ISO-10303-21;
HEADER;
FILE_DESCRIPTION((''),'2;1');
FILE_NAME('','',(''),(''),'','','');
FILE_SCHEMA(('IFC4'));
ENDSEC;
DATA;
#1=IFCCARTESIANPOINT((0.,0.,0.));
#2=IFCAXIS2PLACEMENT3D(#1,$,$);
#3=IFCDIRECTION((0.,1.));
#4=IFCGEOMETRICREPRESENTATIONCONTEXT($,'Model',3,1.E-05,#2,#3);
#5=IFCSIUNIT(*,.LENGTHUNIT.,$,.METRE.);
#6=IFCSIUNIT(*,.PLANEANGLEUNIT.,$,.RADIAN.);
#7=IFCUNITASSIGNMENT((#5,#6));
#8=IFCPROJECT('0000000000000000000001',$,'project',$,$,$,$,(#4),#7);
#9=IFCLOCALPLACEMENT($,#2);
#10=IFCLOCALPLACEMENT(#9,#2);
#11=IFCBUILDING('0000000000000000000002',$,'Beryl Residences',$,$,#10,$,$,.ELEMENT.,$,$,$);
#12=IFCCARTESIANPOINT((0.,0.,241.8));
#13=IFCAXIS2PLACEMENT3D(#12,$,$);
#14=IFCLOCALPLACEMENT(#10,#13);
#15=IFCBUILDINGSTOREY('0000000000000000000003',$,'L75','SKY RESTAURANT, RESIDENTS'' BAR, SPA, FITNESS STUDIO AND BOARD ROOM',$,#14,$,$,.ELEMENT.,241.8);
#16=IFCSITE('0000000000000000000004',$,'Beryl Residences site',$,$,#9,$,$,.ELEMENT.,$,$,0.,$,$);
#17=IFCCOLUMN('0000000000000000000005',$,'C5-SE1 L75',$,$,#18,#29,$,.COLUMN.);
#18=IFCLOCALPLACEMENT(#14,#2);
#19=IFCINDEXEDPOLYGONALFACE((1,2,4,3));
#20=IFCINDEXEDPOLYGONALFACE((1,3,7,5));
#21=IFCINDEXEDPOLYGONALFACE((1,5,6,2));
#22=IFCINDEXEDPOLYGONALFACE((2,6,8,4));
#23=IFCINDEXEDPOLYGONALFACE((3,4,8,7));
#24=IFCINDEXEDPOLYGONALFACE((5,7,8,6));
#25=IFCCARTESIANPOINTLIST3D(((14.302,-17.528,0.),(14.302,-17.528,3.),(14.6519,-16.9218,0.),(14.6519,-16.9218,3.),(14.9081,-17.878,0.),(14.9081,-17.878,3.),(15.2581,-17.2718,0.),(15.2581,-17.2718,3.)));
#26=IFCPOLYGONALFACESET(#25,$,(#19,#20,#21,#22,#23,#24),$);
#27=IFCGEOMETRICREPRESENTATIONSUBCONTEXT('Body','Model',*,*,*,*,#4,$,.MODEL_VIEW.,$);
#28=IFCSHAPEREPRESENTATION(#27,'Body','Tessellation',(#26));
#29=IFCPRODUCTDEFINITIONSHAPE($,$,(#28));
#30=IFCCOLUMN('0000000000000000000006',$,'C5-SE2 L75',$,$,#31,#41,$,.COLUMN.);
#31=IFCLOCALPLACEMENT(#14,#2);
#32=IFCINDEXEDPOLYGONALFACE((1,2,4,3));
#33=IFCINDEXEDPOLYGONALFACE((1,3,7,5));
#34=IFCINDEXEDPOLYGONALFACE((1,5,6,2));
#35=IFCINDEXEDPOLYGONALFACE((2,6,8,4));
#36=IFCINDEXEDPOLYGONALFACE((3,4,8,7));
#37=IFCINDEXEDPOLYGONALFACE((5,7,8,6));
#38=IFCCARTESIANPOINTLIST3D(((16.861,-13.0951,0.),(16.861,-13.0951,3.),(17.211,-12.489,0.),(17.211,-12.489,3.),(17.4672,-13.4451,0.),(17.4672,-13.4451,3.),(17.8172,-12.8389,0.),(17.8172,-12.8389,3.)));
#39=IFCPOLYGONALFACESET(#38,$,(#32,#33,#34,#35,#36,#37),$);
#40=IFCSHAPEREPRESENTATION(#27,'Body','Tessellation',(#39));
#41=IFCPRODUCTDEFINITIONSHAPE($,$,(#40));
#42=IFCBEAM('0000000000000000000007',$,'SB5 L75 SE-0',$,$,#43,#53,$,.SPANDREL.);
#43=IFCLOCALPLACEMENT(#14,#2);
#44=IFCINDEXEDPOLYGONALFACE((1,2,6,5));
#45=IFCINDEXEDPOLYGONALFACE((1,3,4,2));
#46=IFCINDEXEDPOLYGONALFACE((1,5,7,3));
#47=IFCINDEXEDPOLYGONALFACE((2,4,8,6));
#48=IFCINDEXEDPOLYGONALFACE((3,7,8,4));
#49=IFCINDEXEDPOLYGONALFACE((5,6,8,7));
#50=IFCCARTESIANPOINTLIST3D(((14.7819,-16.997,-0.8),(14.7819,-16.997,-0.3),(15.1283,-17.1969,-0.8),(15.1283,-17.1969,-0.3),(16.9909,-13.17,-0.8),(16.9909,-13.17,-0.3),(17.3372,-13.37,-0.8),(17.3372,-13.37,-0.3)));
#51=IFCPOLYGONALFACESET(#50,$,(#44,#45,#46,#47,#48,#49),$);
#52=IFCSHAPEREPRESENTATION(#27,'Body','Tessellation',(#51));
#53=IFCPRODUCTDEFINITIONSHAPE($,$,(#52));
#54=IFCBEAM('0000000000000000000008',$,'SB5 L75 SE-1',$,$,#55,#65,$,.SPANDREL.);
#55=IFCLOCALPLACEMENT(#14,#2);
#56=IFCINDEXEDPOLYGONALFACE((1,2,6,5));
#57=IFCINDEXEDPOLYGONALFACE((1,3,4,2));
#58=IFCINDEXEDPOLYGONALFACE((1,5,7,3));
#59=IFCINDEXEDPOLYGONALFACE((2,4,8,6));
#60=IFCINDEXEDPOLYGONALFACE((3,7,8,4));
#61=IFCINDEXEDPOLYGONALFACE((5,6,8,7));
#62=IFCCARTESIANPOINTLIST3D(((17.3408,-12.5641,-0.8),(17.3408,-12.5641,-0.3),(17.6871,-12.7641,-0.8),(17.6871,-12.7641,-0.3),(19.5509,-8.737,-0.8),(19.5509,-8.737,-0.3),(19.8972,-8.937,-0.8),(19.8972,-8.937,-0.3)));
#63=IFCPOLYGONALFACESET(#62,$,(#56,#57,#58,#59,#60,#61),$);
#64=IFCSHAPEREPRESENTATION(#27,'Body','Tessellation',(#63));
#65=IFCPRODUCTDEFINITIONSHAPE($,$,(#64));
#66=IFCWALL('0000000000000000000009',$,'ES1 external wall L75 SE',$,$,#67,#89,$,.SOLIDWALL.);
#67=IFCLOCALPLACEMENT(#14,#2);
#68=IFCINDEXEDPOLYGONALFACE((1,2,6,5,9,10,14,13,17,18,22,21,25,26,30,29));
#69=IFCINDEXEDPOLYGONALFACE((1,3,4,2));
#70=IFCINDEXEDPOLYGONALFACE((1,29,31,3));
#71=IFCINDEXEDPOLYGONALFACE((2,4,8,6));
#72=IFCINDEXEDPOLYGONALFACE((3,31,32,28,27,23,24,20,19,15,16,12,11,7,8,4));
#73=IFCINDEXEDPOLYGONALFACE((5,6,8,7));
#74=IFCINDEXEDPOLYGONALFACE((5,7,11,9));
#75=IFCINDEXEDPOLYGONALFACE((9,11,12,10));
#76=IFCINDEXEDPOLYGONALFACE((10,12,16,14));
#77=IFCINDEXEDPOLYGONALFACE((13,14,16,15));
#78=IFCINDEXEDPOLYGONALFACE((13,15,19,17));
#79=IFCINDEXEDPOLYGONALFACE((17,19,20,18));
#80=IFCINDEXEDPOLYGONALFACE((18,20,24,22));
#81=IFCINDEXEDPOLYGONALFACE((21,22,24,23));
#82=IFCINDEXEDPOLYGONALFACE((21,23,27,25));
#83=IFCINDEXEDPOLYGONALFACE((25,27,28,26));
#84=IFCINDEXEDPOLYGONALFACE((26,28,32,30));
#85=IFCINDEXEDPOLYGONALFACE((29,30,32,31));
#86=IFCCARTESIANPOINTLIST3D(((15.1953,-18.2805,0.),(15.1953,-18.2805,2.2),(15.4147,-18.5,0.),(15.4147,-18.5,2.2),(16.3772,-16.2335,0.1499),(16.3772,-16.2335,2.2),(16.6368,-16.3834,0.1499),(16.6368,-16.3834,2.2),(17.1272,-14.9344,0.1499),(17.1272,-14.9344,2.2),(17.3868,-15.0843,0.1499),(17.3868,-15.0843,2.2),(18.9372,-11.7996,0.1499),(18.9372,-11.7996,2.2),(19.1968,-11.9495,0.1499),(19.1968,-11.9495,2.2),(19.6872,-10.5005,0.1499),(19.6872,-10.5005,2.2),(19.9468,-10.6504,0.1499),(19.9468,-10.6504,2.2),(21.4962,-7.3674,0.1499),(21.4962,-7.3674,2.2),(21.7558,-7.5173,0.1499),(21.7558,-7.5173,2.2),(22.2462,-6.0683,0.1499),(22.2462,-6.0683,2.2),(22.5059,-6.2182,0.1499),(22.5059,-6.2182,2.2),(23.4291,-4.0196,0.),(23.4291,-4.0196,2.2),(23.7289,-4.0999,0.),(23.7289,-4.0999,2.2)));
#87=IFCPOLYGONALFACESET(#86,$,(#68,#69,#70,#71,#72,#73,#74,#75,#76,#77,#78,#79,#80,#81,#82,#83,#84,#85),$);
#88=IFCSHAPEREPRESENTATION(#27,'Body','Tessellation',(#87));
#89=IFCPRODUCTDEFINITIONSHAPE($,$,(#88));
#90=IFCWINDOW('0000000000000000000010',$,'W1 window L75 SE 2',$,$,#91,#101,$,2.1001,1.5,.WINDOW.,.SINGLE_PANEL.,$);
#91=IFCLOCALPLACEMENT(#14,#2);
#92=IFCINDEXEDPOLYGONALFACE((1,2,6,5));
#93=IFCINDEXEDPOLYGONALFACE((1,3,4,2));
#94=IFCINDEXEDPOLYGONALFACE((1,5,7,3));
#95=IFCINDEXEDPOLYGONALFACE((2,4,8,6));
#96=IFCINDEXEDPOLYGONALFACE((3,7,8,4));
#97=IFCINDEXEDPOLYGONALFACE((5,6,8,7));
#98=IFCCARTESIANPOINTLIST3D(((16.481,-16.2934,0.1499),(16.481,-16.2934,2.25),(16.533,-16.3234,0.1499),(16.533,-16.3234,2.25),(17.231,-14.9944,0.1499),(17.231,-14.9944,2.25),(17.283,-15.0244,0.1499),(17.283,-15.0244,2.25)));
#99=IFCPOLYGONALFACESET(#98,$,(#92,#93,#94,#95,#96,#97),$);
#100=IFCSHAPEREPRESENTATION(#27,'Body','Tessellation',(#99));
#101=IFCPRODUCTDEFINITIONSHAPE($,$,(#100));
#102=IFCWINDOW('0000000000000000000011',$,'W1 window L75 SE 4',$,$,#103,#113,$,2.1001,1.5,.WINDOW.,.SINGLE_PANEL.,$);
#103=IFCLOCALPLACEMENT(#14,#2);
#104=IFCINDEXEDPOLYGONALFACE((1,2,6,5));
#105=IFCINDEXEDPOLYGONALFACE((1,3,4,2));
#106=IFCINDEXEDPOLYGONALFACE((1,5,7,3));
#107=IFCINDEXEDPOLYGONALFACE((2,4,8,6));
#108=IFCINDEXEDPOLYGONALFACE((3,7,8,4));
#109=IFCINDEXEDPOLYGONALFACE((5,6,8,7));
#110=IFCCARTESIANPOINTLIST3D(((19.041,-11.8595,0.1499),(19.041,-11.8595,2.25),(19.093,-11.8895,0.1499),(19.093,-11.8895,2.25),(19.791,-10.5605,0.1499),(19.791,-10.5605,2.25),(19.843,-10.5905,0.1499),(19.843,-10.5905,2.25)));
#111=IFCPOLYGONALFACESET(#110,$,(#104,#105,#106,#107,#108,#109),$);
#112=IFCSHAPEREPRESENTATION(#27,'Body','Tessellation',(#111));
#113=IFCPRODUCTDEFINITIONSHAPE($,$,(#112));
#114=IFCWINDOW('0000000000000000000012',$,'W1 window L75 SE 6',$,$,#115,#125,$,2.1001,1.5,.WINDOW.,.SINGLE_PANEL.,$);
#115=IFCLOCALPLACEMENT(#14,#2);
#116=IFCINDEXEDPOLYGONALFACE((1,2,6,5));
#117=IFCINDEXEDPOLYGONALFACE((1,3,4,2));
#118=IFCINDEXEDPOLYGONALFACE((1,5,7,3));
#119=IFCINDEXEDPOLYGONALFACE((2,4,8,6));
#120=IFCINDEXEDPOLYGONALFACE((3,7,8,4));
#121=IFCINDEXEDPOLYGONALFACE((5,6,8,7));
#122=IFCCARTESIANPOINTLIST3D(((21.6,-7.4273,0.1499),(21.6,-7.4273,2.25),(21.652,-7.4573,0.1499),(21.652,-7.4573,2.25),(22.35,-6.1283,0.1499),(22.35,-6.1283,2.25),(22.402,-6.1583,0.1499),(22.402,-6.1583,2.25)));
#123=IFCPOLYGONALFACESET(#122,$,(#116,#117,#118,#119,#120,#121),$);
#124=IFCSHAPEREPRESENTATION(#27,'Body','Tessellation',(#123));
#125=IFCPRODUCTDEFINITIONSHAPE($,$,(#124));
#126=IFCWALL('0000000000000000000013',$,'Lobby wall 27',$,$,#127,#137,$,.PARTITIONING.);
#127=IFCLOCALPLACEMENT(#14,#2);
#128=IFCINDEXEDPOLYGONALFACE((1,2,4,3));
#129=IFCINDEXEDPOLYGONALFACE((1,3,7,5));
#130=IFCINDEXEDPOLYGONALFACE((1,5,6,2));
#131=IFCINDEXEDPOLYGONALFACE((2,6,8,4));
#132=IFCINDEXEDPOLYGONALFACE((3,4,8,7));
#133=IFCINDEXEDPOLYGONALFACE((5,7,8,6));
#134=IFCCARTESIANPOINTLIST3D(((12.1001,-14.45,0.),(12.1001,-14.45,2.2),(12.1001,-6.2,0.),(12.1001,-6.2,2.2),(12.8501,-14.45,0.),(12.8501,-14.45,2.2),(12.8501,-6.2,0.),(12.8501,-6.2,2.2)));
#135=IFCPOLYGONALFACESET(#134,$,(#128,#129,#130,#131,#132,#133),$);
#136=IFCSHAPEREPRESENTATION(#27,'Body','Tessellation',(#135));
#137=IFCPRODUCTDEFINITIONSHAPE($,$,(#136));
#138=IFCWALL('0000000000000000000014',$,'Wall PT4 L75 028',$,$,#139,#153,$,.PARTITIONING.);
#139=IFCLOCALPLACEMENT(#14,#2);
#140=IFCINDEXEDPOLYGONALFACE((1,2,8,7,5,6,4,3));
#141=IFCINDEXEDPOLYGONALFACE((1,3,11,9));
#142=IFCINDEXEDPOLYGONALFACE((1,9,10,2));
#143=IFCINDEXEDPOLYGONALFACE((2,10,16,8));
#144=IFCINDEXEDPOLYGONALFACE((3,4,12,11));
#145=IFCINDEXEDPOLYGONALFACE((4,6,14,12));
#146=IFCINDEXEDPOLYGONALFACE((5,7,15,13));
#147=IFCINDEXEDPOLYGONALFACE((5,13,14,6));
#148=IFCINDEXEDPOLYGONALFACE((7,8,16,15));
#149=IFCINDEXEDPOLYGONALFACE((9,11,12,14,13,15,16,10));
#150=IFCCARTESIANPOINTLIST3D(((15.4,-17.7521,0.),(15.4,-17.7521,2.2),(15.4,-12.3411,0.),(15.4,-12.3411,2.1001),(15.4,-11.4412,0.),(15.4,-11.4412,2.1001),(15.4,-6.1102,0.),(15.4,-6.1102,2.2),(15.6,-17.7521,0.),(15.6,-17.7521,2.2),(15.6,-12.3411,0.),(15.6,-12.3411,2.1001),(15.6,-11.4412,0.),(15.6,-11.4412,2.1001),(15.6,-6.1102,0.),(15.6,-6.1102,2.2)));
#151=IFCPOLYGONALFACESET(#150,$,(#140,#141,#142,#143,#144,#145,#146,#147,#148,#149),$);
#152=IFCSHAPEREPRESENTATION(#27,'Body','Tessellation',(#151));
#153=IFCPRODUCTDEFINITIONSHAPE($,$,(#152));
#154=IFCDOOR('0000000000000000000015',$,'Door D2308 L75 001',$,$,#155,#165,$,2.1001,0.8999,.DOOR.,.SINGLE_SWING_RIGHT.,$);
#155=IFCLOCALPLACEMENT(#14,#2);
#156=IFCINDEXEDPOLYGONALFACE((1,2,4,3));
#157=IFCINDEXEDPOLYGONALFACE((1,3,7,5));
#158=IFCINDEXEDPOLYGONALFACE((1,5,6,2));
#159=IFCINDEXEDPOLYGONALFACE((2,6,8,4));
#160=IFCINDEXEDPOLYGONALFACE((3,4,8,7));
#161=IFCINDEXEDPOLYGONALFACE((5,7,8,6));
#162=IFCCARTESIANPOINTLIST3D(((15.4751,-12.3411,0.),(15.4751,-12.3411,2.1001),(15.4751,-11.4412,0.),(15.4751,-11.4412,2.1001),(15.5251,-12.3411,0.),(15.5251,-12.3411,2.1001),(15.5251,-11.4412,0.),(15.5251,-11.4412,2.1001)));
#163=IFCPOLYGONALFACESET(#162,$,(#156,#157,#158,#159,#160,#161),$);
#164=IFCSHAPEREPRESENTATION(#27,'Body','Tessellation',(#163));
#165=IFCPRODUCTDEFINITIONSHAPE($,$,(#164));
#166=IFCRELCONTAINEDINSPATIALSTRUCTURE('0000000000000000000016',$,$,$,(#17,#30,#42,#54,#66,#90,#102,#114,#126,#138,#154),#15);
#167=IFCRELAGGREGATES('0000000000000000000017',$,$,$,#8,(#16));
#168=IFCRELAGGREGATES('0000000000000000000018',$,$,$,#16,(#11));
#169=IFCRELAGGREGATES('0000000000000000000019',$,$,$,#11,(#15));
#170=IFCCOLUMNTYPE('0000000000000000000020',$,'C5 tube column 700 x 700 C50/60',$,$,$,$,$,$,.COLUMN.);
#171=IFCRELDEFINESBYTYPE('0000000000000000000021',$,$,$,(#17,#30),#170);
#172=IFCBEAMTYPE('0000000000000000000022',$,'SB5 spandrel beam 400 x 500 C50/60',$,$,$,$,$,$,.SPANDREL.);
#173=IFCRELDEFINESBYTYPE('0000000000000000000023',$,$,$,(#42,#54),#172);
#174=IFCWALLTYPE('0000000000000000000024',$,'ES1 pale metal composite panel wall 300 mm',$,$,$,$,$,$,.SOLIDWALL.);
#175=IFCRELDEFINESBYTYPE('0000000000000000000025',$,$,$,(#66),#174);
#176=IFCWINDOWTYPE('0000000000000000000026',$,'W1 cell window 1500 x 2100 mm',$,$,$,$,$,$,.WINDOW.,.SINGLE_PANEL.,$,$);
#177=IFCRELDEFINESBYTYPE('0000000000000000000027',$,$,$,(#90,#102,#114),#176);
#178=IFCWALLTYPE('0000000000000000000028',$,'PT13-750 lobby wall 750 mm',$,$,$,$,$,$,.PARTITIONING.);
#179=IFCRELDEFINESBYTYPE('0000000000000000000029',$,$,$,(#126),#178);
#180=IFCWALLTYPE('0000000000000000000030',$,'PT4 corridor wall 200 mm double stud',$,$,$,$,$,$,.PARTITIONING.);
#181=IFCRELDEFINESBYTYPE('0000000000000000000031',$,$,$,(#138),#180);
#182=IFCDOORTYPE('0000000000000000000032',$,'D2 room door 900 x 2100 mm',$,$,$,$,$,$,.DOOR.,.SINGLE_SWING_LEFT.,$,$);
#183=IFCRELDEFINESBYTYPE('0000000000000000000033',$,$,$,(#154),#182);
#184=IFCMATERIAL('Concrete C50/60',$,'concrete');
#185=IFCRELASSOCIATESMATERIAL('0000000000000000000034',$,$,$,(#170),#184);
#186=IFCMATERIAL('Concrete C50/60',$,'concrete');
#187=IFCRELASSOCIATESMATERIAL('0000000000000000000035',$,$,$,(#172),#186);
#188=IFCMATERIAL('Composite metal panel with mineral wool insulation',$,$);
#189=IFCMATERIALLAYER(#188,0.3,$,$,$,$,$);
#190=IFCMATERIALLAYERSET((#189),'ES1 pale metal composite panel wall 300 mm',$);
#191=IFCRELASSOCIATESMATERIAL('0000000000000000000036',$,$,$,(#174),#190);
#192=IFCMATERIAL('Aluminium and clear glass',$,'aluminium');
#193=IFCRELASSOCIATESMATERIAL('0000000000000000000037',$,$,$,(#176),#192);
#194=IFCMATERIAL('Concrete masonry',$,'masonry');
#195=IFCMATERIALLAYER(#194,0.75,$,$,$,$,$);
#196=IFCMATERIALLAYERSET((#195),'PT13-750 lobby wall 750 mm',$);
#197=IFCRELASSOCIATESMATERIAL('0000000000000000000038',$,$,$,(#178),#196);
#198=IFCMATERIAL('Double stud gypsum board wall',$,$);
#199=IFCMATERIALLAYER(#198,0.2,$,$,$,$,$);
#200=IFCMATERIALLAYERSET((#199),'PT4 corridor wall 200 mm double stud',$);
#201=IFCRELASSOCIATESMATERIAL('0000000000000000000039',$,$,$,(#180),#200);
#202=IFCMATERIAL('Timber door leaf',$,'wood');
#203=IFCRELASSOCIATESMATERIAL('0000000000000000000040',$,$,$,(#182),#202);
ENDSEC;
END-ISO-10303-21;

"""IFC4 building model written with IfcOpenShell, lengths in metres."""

from ifc_helpers import new_model, si_unit, direction, frame, frame_2d, origin, origin_2d, place, context, subcontext, project, spatial, polyline, rectangle, outline, extrude, material, layer, layer_set, material_profile, profile_set, type_object, element, fill, save


model = new_model("IFC4")

# Units and contexts
model_context = context("Model", 3, precision=1e-05, world=origin(), true_north=direction((0.0, 1.0)))
body_context = subcontext(model_context, "Body", "Model", "MODEL_VIEW")
ifc_project = project(units=[si_unit("LENGTHUNIT", "METRE"), si_unit("PLANEANGLEUNIT", "RADIAN")], contexts=[model_context])

# Site, building, storey
site_placement = place(None, origin())
site = spatial("IfcSite", under=ifc_project, at=site_placement, Name="Beryl Residences site", CompositionType="ELEMENT", RefElevation=0.0)
building_placement = place(site_placement, origin())
building = spatial("IfcBuilding", under=site, at=building_placement, Name="Beryl Residences", CompositionType="ELEMENT")
storey_placement = place(building_placement, frame((0.0, 0.0, 241.8)))
storey = spatial("IfcBuildingStorey", under=building, at=storey_placement, Name="L75", Description="SKY RESTAURANT, RESIDENTS' BAR, SPA, FITNESS STUDIO AND BOARD ROOM", CompositionType="ELEMENT", Elevation=241.8)

# Columns
ifc_material_1 = material(Name="Concrete C50/60", Category="concrete")
ifc_material_profile_1 = material_profile(ifc_material_1, rectangle(XDim=0.7, YDim=0.7, at=origin_2d()))
ifc_profile_set_1 = profile_set([ifc_material_profile_1], Name="Concrete C50/60")
column_type = type_object("IfcColumnType", Name="C5 tube column 700 x 700 C50/60", PredefinedType="COLUMN", material=ifc_profile_set_1)
for number, where, z_axis, x_axis, name in (
    (1, (14.78, -17.3999, 0.0), (0.0, 0.0, 1.0), (0.499985, 0.866034, 0.0), "C5-SE1 L75"),
    (2, (17.3391, -12.967, 0.0), (0.0, 0.0, 1.0), (0.499985, 0.866034, 0.0), "C5-SE2 L75"),
):
    element("IfcColumn", number, at=place(storey_placement, frame(where, z_axis=z_axis, x_axis=x_axis)), inside=storey, type_object=column_type, Name=name, PredefinedType="COLUMN", context=body_context, shape_type="SweptSolid", body=[
        extrude(rectangle(XDim=0.7, YDim=0.7, at=origin_2d()), origin(), (0.0, 0.0, 1.0), 3.0),
    ])

# Beams
ifc_material_2 = material(Name="Concrete C50/60", Category="concrete")
ifc_material_profile_2 = material_profile(ifc_material_2, rectangle(XDim=0.3999, YDim=0.5, at=origin_2d()))
ifc_profile_set_2 = profile_set([ifc_material_profile_2], Name="Concrete C50/60")
beam_type = type_object("IfcBeamType", Name="SB5 spandrel beam 400 x 500 C50/60", PredefinedType="SPANDREL", material=ifc_profile_set_2)
beam_1_placement = place(storey_placement, frame((14.9551, -17.0969, -0.55), z_axis=(0.499919, 0.866072, 0.0), x_axis=(-0.866072, 0.499919, 0.0)))
element("IfcBeam", 3, at=beam_1_placement, inside=storey, type_object=beam_type, Name="SB5 L75 SE-0", PredefinedType="SPANDREL", context=body_context, shape_type="SweptSolid", body=[
    extrude(rectangle(XDim=0.3999, YDim=0.5, at=origin_2d()), origin(), (0.0, 0.0, 1.0), 4.4187),
])
beam_2_placement = place(storey_placement, frame((17.5139, -12.6641, -0.55), z_axis=(0.500102, 0.865967, 0.0), x_axis=(-0.865967, 0.500102, 0.0)))
element("IfcBeam", 4, at=beam_2_placement, inside=storey, type_object=beam_type, Name="SB5 L75 SE-1", PredefinedType="SPANDREL", context=body_context, shape_type="SweptSolid", body=[
    extrude(rectangle(XDim=0.3999, YDim=0.5, at=origin_2d()), origin(), (0.0, 0.0, 1.0), 4.4194),
])

# Wall, openings, windows
ifc_material_3 = material(Name="Composite metal panel with mineral wool insulation")
ifc_layer_1 = layer(ifc_material_3, 0.3)
ifc_layer_set_1 = layer_set([ifc_layer_1], Name="ES1 pale metal composite panel wall 300 mm")
wall_type_1 = type_object("IfcWallType", Name="ES1 pale metal composite panel wall 300 mm", PredefinedType="SOLIDWALL", material=ifc_layer_set_1)
wall_1_placement = place(storey_placement, frame((15.2849, -18.425, 0.0), z_axis=(0.0, 0.0, 1.0), x_axis=(0.500013, 0.866018, 0.0)))
wall_1 = element("IfcWall", 5, at=wall_1_placement, inside=storey, type_object=wall_type_1, Name="ES1 external wall L75 SE", PredefinedType="SOLIDWALL", context=body_context, shape_type="SweptSolid", body=[
    extrude(outline(polyline([(0.0, -0.1499), (16.6279, -0.1499), (16.5476, 0.1499), (0.0803, 0.1499), (0.0, -0.1499)])), origin(), (0.0, 0.0, 1.0), 2.2),
])
opening_1_placement = place(wall_1_placement, frame((2.4441, 0.0, 0.1499)))
opening_1 = element("IfcOpeningElement", 6, at=opening_1_placement, cuts=wall_1, PredefinedType="OPENING", context=body_context, shape_type="SweptSolid", body=[
    extrude(rectangle(XDim=1.5, YDim=2.1001, at=frame_2d((0.75, 1.05))), frame((0.0, 0.1599, 0.0), z_axis=(0.0, -1.0, 0.0), x_axis=(1.0, 0.0, 0.0)), (0.0, 0.0, 1.0), 0.3201),
])
opening_2_placement = place(wall_1_placement, frame((7.564, 0.0, 0.1499)))
opening_2 = element("IfcOpeningElement", 7, at=opening_2_placement, cuts=wall_1, PredefinedType="OPENING", context=body_context, shape_type="SweptSolid", body=[
    extrude(rectangle(XDim=1.5, YDim=2.1001, at=frame_2d((0.75, 1.05))), frame((0.0, 0.1599, 0.0), z_axis=(0.0, -1.0, 0.0), x_axis=(1.0, 0.0, 0.0)), (0.0, 0.0, 1.0), 0.3201),
])
opening_3_placement = place(wall_1_placement, frame((12.6819, 0.0, 0.1499)))
opening_3 = element("IfcOpeningElement", 8, at=opening_3_placement, cuts=wall_1, PredefinedType="OPENING", context=body_context, shape_type="SweptSolid", body=[
    extrude(rectangle(XDim=1.5, YDim=2.1001, at=frame_2d((0.75, 1.05))), frame((0.0, 0.1599, 0.0), z_axis=(0.0, -1.0, 0.0), x_axis=(1.0, 0.0, 0.0)), (0.0, 0.0, 1.0), 0.3201),
])
ifc_material_4 = material(Name="Aluminium and clear glass", Category="aluminium")
window_type = type_object("IfcWindowType", Name="W1 cell window 1500 x 2100 mm", PartitioningType="SINGLE_PANEL", PredefinedType="WINDOW", material=ifc_material_4)
window_1_placement = place(opening_1_placement, origin())
window_1 = element("IfcWindow", 9, at=window_1_placement, inside=storey, type_object=window_type, Name="W1 window L75 SE 2", OverallHeight=2.1001, OverallWidth=1.5, PartitioningType="SINGLE_PANEL", PredefinedType="WINDOW", context=body_context, shape_type="SweptSolid", body=[
    extrude(rectangle(XDim=1.5, YDim=2.1001, at=frame_2d((0.75, 1.05))), frame((0.0, 0.03, 0.0), z_axis=(0.0, -1.0, 0.0), x_axis=(1.0, 0.0, 0.0)), (0.0, 0.0, 1.0), 0.0601),
])
fill(opening_1, window_1)
window_2_placement = place(opening_2_placement, origin())
window_2 = element("IfcWindow", 10, at=window_2_placement, inside=storey, type_object=window_type, Name="W1 window L75 SE 4", OverallHeight=2.1001, OverallWidth=1.5, PartitioningType="SINGLE_PANEL", PredefinedType="WINDOW", context=body_context, shape_type="SweptSolid", body=[
    extrude(rectangle(XDim=1.5, YDim=2.1001, at=frame_2d((0.75, 1.05))), frame((0.0, 0.03, 0.0), z_axis=(0.0, -1.0, 0.0), x_axis=(1.0, 0.0, 0.0)), (0.0, 0.0, 1.0), 0.0601),
])
fill(opening_2, window_2)
window_3_placement = place(opening_3_placement, origin())
window_3 = element("IfcWindow", 11, at=window_3_placement, inside=storey, type_object=window_type, Name="W1 window L75 SE 6", OverallHeight=2.1001, OverallWidth=1.5, PartitioningType="SINGLE_PANEL", PredefinedType="WINDOW", context=body_context, shape_type="SweptSolid", body=[
    extrude(rectangle(XDim=1.5, YDim=2.1001, at=frame_2d((0.75, 1.05))), frame((0.0, 0.03, 0.0), z_axis=(0.0, -1.0, 0.0), x_axis=(1.0, 0.0, 0.0)), (0.0, 0.0, 1.0), 0.0601),
])
fill(opening_3, window_3)

# Wall
ifc_material_5 = material(Name="Concrete masonry", Category="masonry")
ifc_layer_2 = layer(ifc_material_5, 0.75)
ifc_layer_set_2 = layer_set([ifc_layer_2], Name="PT13-750 lobby wall 750 mm")
wall_type_2 = type_object("IfcWallType", Name="PT13-750 lobby wall 750 mm", PredefinedType="PARTITIONING", material=ifc_layer_set_2)
wall_2_placement = place(storey_placement, frame((12.4751, -14.45, 0.0), z_axis=(0.0, 0.0, 1.0), x_axis=(0.0, 1.0, 0.0)))
element("IfcWall", 12, at=wall_2_placement, inside=storey, type_object=wall_type_2, Name="Lobby wall 27", PredefinedType="PARTITIONING", context=body_context, shape_type="SweptSolid", body=[
    extrude(rectangle(XDim=8.25, YDim=0.75, at=frame_2d((4.125, 0.0))), origin(), (0.0, 0.0, 1.0), 2.2),
])

# Wall, opening, door
ifc_material_6 = material(Name="Double stud gypsum board wall")
ifc_layer_3 = layer(ifc_material_6, 0.2)
ifc_layer_set_3 = layer_set([ifc_layer_3], Name="PT4 corridor wall 200 mm double stud")
wall_type_3 = type_object("IfcWallType", Name="PT4 corridor wall 200 mm double stud", PredefinedType="PARTITIONING", material=ifc_layer_set_3)
wall_3_placement = place(storey_placement, frame((15.5, -17.752, 0.0), z_axis=(0.0, 0.0, 1.0), x_axis=(0.0, 1.0, 0.0)))
wall_3 = element("IfcWall", 13, at=wall_3_placement, inside=storey, type_object=wall_type_3, Name="Wall PT4 L75 028", PredefinedType="PARTITIONING", context=body_context, shape_type="SweptSolid", body=[
    extrude(rectangle(XDim=11.6418, YDim=0.2, at=frame_2d((5.8208, 0.0))), origin(), (0.0, 0.0, 1.0), 2.2),
])
opening_4_placement = place(wall_3_placement, frame((5.4109, 0.0, 0.0)))
opening_4 = element("IfcOpeningElement", 14, at=opening_4_placement, cuts=wall_3, PredefinedType="OPENING", context=body_context, shape_type="SweptSolid", body=[
    extrude(rectangle(XDim=0.8999, YDim=2.1001, at=frame_2d((0.45, 1.05))), frame((0.0, 0.1099, 0.0), z_axis=(0.0, -1.0, 0.0), x_axis=(1.0, 0.0, 0.0)), (0.0, 0.0, 1.0), 0.22),
])
ifc_material_7 = material(Name="Timber door leaf", Category="wood")
door_type = type_object("IfcDoorType", Name="D2 room door 900 x 2100 mm", OperationType="SINGLE_SWING_LEFT", PredefinedType="DOOR", material=ifc_material_7)
door_placement = place(opening_4_placement, origin())
door = element("IfcDoor", 15, at=door_placement, inside=storey, type_object=door_type, Name="Door D2308 L75 001", OperationType="SINGLE_SWING_RIGHT", OverallHeight=2.1001, OverallWidth=0.8999, PredefinedType="DOOR", context=body_context, shape_type="SweptSolid", body=[
    extrude(rectangle(XDim=0.8999, YDim=2.1001, at=frame_2d((0.45, 1.05))), frame((0.0, 0.0249, 0.0), z_axis=(0.0, -1.0, 0.0), x_axis=(1.0, 0.0, 0.0)), (0.0, 0.0, 1.0), 0.05),
])
fill(opening_4, door)

save(model, "model.ifc")
